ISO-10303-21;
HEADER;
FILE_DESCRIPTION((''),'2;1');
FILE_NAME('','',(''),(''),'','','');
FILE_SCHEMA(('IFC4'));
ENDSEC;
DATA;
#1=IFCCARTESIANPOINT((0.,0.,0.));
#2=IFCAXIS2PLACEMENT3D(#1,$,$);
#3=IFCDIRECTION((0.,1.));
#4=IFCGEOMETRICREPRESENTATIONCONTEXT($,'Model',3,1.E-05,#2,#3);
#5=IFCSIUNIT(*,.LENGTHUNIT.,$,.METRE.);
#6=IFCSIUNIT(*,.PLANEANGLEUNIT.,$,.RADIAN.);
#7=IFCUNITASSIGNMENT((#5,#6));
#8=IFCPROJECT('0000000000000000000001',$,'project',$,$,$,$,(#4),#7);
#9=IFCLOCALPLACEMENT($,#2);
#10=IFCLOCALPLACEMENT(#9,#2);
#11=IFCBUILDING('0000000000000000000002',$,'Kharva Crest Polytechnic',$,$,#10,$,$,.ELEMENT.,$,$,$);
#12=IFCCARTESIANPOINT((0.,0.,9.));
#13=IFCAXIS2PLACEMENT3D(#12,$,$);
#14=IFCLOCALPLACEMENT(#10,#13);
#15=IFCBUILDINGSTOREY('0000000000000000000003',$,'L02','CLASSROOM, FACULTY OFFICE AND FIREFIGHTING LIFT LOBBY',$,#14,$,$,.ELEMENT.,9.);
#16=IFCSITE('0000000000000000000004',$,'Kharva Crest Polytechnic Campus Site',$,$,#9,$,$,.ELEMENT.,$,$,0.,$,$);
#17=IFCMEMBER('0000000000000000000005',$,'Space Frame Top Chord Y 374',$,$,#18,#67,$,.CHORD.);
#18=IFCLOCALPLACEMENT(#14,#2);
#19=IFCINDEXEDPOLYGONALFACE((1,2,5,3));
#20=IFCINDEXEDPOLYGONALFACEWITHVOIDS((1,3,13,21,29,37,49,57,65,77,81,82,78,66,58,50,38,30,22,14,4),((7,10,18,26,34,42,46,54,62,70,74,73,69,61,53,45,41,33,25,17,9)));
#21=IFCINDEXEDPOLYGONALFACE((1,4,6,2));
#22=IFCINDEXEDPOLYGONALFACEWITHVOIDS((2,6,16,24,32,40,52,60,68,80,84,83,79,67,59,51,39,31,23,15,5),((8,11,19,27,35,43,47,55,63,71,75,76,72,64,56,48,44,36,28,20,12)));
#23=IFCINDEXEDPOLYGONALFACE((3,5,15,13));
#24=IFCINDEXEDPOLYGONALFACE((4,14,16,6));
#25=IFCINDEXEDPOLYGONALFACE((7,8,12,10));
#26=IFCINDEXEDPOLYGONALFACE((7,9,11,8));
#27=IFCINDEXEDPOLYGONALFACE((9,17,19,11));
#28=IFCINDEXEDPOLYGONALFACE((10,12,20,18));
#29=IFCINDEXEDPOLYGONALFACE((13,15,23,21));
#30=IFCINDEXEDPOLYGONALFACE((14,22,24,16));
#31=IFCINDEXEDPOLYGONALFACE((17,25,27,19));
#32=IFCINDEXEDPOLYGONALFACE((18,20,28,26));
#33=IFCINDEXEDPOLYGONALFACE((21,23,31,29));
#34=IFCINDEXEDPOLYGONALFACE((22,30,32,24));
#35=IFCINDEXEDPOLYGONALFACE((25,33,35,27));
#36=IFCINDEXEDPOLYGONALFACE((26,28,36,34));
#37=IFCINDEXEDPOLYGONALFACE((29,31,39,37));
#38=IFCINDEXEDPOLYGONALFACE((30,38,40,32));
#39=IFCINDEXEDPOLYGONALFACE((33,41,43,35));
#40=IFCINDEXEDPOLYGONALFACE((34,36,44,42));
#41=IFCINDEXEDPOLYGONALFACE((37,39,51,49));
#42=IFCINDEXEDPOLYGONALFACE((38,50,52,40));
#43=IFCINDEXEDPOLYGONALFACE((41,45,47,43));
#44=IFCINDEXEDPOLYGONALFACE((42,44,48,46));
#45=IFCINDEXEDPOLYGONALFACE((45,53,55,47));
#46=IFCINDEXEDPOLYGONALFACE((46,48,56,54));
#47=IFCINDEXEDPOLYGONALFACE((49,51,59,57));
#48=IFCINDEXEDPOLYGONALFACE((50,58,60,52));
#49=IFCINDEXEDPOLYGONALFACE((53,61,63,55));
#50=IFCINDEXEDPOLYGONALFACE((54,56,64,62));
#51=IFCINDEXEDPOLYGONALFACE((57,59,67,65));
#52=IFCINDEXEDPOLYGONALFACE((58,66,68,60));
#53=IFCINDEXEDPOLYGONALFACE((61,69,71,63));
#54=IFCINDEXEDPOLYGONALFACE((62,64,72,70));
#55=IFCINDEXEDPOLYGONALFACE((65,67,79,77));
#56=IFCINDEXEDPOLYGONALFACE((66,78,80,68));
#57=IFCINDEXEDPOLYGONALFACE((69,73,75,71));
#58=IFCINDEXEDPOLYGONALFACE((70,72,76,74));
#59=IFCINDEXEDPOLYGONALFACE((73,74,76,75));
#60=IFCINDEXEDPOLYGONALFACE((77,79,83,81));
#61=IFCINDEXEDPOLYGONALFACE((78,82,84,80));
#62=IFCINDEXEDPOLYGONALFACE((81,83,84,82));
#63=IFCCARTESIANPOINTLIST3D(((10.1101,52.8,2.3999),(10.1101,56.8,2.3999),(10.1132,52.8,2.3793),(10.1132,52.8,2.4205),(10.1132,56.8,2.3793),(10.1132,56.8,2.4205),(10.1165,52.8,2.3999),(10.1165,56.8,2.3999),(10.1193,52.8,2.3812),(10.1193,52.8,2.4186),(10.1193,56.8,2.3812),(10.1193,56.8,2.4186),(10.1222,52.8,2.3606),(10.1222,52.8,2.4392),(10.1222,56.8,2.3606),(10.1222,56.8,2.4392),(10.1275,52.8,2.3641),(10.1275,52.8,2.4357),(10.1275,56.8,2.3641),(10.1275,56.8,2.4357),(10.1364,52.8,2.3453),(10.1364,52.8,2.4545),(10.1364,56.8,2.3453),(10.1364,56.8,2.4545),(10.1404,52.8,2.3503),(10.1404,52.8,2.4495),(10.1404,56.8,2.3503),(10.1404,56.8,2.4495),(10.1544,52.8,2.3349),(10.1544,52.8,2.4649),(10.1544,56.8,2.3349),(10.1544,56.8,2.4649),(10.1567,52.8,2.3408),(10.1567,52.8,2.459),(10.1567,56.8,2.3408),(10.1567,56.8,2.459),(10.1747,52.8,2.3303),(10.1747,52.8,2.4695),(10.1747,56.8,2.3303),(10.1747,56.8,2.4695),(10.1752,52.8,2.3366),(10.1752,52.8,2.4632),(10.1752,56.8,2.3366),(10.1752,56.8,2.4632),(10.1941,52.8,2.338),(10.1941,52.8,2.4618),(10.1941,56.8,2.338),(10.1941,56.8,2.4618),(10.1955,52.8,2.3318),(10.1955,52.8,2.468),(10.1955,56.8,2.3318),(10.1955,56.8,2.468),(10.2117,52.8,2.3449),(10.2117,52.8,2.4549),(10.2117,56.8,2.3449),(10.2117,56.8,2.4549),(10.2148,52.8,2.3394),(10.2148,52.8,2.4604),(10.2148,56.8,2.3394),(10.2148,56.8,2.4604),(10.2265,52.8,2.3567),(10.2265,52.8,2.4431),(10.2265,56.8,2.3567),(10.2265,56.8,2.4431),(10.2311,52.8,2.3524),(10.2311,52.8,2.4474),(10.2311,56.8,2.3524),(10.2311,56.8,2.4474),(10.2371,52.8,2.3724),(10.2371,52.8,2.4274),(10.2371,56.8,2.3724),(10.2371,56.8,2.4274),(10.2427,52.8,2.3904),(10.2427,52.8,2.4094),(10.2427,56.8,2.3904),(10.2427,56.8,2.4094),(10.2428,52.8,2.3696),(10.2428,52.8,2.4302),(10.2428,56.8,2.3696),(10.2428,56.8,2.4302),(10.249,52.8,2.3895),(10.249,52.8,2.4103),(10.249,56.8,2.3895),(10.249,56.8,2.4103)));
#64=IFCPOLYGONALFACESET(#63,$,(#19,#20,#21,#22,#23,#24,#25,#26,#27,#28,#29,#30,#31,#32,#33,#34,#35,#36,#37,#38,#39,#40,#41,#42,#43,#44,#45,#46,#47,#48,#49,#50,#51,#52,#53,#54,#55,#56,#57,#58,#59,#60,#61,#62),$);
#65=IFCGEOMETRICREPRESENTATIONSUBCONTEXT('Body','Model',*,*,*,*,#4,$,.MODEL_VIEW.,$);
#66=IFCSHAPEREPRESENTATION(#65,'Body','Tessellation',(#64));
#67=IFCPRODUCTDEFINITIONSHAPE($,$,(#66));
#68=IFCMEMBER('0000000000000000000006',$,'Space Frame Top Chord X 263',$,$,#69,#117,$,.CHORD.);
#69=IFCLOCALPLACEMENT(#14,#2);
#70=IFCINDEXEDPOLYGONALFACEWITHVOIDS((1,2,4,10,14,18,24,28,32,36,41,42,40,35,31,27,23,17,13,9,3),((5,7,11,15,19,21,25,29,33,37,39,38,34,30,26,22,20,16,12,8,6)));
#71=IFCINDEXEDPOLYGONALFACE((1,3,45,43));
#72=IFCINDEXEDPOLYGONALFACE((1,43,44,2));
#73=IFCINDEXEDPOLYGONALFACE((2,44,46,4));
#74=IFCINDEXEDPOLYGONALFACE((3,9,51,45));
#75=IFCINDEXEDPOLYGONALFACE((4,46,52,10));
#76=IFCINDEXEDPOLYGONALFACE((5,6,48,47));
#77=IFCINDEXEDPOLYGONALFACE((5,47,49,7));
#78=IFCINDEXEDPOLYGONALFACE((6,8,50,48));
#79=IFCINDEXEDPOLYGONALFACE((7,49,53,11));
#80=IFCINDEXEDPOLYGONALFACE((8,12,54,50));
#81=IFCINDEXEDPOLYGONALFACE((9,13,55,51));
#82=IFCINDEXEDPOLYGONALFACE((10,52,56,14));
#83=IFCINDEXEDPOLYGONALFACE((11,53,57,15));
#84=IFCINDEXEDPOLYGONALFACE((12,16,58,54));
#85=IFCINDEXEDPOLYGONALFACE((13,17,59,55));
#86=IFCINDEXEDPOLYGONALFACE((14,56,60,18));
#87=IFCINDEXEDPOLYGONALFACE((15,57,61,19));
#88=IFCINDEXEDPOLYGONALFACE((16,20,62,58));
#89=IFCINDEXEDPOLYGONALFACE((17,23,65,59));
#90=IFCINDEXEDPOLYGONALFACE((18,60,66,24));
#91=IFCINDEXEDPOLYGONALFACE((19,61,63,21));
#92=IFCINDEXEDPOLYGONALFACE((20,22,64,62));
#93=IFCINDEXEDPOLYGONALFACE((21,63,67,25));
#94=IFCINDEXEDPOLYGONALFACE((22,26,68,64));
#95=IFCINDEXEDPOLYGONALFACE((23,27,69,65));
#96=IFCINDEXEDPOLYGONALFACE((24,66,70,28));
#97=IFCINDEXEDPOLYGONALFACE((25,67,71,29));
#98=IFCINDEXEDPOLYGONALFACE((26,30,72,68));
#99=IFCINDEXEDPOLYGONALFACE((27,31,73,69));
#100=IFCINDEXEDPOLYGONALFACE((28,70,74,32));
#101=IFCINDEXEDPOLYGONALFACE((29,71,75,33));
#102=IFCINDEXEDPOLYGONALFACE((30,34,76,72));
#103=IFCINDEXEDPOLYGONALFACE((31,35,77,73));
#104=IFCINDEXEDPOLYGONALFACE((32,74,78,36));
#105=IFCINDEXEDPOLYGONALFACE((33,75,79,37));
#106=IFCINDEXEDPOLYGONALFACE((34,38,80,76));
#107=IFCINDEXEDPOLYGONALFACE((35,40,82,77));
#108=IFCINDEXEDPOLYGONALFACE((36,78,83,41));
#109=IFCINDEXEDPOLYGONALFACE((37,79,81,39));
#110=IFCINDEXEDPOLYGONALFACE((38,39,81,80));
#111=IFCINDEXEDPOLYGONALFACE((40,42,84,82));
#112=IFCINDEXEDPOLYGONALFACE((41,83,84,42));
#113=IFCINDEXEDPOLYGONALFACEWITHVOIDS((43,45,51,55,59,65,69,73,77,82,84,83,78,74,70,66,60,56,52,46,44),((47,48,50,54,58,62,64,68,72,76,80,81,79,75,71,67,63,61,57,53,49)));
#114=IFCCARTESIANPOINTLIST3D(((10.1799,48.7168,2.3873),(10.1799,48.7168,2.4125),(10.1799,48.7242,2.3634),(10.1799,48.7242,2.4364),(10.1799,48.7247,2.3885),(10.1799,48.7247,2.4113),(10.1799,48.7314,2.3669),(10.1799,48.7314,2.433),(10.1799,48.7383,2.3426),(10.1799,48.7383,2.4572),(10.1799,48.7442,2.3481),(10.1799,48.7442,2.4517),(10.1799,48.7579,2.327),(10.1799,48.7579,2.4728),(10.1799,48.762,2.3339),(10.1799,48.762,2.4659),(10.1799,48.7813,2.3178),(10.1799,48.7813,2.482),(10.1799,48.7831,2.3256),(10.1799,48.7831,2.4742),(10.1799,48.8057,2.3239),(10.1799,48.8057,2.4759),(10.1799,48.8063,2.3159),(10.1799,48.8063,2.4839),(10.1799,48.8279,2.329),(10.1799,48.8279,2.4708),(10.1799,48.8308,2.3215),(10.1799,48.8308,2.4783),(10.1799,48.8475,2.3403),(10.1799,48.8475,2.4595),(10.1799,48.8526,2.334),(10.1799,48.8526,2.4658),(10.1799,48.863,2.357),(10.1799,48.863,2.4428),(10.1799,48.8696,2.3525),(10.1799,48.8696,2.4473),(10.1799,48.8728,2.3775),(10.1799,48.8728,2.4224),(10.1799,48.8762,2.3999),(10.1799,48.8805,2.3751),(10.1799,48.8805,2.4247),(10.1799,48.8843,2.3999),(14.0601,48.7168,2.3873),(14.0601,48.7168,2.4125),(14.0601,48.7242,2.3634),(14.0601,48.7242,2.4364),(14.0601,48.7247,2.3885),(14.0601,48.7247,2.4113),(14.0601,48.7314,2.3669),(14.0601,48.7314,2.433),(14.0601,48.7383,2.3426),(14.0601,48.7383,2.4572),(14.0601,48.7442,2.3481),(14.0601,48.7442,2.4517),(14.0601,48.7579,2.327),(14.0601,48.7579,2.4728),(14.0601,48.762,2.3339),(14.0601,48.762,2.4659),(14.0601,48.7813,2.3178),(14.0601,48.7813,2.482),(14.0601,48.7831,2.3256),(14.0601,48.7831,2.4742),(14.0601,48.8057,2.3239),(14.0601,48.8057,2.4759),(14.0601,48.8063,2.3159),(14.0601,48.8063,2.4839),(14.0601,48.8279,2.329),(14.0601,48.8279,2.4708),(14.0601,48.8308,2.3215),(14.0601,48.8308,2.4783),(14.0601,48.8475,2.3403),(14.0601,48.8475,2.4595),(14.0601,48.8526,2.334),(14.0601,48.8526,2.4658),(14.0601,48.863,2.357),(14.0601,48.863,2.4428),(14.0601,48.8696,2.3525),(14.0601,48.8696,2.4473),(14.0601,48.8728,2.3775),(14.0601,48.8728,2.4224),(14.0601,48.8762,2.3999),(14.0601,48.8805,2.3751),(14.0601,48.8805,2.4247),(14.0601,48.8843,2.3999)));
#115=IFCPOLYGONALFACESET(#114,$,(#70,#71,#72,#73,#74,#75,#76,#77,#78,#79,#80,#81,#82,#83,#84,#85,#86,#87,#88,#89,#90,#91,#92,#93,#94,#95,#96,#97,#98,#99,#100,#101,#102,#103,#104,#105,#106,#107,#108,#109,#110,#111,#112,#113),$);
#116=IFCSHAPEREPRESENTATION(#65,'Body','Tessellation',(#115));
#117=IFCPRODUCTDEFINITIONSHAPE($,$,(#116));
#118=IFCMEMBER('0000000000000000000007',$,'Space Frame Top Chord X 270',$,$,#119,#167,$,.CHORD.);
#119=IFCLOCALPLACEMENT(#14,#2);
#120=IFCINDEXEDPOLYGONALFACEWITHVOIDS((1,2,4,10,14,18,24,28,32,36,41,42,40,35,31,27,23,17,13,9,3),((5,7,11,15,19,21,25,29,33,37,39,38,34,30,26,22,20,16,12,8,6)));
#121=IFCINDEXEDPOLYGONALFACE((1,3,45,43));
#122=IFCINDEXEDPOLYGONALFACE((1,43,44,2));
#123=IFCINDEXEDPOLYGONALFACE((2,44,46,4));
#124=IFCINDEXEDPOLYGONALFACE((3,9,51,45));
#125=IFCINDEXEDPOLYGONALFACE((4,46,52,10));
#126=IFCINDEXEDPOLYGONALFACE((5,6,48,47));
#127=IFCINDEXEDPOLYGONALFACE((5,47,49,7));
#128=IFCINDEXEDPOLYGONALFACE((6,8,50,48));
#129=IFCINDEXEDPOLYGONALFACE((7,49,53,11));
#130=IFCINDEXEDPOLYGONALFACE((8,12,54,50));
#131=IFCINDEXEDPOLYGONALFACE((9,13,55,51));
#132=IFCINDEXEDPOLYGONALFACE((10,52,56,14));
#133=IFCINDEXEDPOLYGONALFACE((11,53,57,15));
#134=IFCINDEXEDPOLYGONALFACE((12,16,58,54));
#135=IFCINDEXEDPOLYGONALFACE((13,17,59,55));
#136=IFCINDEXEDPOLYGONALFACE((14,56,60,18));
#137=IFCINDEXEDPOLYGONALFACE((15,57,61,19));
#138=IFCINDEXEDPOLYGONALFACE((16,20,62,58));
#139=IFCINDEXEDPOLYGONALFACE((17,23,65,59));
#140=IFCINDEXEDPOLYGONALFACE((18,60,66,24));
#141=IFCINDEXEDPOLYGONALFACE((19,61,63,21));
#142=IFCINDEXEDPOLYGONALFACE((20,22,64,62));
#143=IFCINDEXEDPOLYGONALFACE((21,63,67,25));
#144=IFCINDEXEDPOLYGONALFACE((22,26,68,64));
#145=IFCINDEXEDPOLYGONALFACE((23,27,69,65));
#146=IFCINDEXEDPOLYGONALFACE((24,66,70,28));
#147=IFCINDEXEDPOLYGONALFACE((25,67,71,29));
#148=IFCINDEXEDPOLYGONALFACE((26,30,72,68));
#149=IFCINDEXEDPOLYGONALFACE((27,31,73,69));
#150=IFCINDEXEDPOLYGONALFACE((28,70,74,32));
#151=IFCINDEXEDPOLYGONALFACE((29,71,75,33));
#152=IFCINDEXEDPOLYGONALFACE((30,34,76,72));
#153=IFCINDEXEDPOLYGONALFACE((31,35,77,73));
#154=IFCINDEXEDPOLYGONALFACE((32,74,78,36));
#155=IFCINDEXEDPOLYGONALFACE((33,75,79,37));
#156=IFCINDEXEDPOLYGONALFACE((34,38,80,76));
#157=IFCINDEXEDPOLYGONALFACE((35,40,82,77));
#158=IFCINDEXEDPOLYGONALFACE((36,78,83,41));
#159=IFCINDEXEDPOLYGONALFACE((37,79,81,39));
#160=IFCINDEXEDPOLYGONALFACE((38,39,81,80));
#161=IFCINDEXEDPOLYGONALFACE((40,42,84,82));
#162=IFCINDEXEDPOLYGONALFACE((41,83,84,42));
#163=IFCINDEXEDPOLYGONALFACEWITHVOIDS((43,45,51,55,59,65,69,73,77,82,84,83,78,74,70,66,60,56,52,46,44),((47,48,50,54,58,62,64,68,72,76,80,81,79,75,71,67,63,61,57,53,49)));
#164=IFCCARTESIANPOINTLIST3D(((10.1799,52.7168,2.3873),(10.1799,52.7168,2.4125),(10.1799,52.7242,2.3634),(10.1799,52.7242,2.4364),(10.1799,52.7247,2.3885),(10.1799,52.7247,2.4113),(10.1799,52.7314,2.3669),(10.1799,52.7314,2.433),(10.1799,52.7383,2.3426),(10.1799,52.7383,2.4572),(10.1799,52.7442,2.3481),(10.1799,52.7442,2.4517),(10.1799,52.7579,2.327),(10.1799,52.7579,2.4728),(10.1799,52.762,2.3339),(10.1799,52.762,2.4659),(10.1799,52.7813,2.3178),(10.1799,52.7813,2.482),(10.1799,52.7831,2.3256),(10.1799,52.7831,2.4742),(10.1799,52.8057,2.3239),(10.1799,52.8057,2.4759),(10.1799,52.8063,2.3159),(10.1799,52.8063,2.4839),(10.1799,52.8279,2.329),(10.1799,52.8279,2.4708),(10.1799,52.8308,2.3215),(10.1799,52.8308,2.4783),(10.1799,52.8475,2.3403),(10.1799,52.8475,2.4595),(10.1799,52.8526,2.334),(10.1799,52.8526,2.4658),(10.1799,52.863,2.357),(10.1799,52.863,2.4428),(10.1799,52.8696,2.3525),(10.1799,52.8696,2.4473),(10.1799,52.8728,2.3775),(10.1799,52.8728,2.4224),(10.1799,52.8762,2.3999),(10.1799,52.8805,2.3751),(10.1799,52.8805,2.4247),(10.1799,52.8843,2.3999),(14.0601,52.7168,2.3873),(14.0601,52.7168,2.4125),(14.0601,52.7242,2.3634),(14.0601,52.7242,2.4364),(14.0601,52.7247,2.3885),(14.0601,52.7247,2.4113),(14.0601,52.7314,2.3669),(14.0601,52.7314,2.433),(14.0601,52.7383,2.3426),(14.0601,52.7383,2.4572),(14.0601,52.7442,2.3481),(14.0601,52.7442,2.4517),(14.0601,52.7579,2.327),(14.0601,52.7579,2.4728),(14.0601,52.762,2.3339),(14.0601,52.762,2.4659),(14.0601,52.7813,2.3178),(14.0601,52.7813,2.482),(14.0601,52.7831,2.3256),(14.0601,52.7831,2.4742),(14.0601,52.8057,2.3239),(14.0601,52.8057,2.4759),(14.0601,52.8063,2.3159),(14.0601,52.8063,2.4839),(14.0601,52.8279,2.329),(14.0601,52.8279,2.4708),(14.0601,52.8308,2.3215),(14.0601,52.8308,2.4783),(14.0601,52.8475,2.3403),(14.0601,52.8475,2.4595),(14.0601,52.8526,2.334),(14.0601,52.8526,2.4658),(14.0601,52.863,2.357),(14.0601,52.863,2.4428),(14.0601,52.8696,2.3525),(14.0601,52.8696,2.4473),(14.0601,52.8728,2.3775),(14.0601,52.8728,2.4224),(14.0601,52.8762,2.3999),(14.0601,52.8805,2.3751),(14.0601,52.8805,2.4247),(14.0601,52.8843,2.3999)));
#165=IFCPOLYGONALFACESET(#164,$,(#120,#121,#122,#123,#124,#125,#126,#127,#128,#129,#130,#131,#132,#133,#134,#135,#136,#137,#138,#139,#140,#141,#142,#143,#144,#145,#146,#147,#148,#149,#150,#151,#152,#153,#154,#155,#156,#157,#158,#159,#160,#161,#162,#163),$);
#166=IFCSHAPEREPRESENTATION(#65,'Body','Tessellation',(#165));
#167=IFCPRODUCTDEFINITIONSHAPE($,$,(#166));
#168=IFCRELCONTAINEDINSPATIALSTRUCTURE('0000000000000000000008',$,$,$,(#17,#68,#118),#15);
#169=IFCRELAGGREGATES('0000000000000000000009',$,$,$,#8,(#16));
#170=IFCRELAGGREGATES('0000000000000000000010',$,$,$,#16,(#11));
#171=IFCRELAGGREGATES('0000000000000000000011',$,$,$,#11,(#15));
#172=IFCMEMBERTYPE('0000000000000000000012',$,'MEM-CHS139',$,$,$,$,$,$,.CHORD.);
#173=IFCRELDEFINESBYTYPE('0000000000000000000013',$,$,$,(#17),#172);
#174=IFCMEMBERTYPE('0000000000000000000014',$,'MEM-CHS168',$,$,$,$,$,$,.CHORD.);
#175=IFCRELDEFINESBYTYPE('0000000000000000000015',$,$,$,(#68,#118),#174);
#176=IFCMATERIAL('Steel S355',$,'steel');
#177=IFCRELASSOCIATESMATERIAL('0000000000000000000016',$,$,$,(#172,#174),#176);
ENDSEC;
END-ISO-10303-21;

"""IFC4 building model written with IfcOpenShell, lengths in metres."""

from ifc_helpers import new_model, si_unit, direction, frame, origin, origin_2d, place, context, subcontext, project, spatial, hollow_circle, extrude, material, material_profile, profile_set, type_object, element, save


model = new_model("IFC4")

# Units and contexts
model_context = context("Model", 3, precision=1e-05, world=origin(), true_north=direction((0.0, 1.0)))
body_context = subcontext(model_context, "Body", "Model", "MODEL_VIEW")
ifc_project = project(units=[si_unit("LENGTHUNIT", "METRE"), si_unit("PLANEANGLEUNIT", "RADIAN")], contexts=[model_context])

# Site, building, storey
site_placement = place(None, origin())
site = spatial("IfcSite", under=ifc_project, at=site_placement, Name="Kharva Crest Polytechnic Campus Site", CompositionType="ELEMENT", RefElevation=0.0)
building_placement = place(site_placement, origin())
building = spatial("IfcBuilding", under=site, at=building_placement, Name="Kharva Crest Polytechnic", CompositionType="ELEMENT")
storey_placement = place(building_placement, frame((0.0, 0.0, 9.0)))
storey = spatial("IfcBuildingStorey", under=building, at=storey_placement, Name="L02", Description="CLASSROOM, FACULTY OFFICE AND FIREFIGHTING LIFT LOBBY", CompositionType="ELEMENT", Elevation=9.0)

# Shared definitions
ifc_material_1 = material(Name="Steel S355", Category="steel")

# Members
ifc_material_profile_1 = material_profile(ifc_material_1, hollow_circle(Radius=0.0698, WallThickness=0.0063, at=origin_2d()), Name="CHS 139.7X6.3")
ifc_profile_set_1 = profile_set([ifc_material_profile_1], Name="Steel S355")
member_type_1 = type_object("IfcMemberType", Name="MEM-CHS139", PredefinedType="CHORD", material=ifc_profile_set_1)
for number, where, z_axis, x_axis, name in (
    (1, (10.1799, 52.8, 2.3999), (0.0, 1.0, 0.0), (-1.0, 0.0, 0.0), "Space Frame Top Chord Y 374"),
):
    element("IfcMember", number, at=place(storey_placement, frame(where, z_axis=z_axis, x_axis=x_axis)), inside=storey, type_object=member_type_1, Name=name, PredefinedType="CHORD", context=body_context, shape_type="SweptSolid", body=[
        extrude(hollow_circle(Radius=0.0698, WallThickness=0.0063, at=origin_2d()), origin(), (0.0, 0.0, 1.0), 4.0),
    ])
ifc_material_profile_2 = material_profile(ifc_material_1, hollow_circle(Radius=0.0842, WallThickness=0.0081, at=origin_2d()), Name="CHS 168.3X8.0")
ifc_profile_set_2 = profile_set([ifc_material_profile_2], Name="Steel S355")
member_type_2 = type_object("IfcMemberType", Name="MEM-CHS168", PredefinedType="CHORD", material=ifc_profile_set_2)
for number, where, z_axis, x_axis, name in (
    (2, (10.1799, 48.8, 2.3999), (1.0, 0.0, 0.0), (0.0, 1.0, 0.0), "Space Frame Top Chord X 263"),
    (3, (10.1799, 52.8, 2.3999), (1.0, 0.0, 0.0), (0.0, 1.0, 0.0), "Space Frame Top Chord X 270"),
):
    element("IfcMember", number, at=place(storey_placement, frame(where, z_axis=z_axis, x_axis=x_axis)), inside=storey, type_object=member_type_2, Name=name, PredefinedType="CHORD", context=body_context, shape_type="SweptSolid", body=[
        extrude(hollow_circle(Radius=0.0842, WallThickness=0.0081, at=origin_2d()), origin(), (0.0, 0.0, 1.0), 3.8801),
    ])

save(model, "model.ifc")
